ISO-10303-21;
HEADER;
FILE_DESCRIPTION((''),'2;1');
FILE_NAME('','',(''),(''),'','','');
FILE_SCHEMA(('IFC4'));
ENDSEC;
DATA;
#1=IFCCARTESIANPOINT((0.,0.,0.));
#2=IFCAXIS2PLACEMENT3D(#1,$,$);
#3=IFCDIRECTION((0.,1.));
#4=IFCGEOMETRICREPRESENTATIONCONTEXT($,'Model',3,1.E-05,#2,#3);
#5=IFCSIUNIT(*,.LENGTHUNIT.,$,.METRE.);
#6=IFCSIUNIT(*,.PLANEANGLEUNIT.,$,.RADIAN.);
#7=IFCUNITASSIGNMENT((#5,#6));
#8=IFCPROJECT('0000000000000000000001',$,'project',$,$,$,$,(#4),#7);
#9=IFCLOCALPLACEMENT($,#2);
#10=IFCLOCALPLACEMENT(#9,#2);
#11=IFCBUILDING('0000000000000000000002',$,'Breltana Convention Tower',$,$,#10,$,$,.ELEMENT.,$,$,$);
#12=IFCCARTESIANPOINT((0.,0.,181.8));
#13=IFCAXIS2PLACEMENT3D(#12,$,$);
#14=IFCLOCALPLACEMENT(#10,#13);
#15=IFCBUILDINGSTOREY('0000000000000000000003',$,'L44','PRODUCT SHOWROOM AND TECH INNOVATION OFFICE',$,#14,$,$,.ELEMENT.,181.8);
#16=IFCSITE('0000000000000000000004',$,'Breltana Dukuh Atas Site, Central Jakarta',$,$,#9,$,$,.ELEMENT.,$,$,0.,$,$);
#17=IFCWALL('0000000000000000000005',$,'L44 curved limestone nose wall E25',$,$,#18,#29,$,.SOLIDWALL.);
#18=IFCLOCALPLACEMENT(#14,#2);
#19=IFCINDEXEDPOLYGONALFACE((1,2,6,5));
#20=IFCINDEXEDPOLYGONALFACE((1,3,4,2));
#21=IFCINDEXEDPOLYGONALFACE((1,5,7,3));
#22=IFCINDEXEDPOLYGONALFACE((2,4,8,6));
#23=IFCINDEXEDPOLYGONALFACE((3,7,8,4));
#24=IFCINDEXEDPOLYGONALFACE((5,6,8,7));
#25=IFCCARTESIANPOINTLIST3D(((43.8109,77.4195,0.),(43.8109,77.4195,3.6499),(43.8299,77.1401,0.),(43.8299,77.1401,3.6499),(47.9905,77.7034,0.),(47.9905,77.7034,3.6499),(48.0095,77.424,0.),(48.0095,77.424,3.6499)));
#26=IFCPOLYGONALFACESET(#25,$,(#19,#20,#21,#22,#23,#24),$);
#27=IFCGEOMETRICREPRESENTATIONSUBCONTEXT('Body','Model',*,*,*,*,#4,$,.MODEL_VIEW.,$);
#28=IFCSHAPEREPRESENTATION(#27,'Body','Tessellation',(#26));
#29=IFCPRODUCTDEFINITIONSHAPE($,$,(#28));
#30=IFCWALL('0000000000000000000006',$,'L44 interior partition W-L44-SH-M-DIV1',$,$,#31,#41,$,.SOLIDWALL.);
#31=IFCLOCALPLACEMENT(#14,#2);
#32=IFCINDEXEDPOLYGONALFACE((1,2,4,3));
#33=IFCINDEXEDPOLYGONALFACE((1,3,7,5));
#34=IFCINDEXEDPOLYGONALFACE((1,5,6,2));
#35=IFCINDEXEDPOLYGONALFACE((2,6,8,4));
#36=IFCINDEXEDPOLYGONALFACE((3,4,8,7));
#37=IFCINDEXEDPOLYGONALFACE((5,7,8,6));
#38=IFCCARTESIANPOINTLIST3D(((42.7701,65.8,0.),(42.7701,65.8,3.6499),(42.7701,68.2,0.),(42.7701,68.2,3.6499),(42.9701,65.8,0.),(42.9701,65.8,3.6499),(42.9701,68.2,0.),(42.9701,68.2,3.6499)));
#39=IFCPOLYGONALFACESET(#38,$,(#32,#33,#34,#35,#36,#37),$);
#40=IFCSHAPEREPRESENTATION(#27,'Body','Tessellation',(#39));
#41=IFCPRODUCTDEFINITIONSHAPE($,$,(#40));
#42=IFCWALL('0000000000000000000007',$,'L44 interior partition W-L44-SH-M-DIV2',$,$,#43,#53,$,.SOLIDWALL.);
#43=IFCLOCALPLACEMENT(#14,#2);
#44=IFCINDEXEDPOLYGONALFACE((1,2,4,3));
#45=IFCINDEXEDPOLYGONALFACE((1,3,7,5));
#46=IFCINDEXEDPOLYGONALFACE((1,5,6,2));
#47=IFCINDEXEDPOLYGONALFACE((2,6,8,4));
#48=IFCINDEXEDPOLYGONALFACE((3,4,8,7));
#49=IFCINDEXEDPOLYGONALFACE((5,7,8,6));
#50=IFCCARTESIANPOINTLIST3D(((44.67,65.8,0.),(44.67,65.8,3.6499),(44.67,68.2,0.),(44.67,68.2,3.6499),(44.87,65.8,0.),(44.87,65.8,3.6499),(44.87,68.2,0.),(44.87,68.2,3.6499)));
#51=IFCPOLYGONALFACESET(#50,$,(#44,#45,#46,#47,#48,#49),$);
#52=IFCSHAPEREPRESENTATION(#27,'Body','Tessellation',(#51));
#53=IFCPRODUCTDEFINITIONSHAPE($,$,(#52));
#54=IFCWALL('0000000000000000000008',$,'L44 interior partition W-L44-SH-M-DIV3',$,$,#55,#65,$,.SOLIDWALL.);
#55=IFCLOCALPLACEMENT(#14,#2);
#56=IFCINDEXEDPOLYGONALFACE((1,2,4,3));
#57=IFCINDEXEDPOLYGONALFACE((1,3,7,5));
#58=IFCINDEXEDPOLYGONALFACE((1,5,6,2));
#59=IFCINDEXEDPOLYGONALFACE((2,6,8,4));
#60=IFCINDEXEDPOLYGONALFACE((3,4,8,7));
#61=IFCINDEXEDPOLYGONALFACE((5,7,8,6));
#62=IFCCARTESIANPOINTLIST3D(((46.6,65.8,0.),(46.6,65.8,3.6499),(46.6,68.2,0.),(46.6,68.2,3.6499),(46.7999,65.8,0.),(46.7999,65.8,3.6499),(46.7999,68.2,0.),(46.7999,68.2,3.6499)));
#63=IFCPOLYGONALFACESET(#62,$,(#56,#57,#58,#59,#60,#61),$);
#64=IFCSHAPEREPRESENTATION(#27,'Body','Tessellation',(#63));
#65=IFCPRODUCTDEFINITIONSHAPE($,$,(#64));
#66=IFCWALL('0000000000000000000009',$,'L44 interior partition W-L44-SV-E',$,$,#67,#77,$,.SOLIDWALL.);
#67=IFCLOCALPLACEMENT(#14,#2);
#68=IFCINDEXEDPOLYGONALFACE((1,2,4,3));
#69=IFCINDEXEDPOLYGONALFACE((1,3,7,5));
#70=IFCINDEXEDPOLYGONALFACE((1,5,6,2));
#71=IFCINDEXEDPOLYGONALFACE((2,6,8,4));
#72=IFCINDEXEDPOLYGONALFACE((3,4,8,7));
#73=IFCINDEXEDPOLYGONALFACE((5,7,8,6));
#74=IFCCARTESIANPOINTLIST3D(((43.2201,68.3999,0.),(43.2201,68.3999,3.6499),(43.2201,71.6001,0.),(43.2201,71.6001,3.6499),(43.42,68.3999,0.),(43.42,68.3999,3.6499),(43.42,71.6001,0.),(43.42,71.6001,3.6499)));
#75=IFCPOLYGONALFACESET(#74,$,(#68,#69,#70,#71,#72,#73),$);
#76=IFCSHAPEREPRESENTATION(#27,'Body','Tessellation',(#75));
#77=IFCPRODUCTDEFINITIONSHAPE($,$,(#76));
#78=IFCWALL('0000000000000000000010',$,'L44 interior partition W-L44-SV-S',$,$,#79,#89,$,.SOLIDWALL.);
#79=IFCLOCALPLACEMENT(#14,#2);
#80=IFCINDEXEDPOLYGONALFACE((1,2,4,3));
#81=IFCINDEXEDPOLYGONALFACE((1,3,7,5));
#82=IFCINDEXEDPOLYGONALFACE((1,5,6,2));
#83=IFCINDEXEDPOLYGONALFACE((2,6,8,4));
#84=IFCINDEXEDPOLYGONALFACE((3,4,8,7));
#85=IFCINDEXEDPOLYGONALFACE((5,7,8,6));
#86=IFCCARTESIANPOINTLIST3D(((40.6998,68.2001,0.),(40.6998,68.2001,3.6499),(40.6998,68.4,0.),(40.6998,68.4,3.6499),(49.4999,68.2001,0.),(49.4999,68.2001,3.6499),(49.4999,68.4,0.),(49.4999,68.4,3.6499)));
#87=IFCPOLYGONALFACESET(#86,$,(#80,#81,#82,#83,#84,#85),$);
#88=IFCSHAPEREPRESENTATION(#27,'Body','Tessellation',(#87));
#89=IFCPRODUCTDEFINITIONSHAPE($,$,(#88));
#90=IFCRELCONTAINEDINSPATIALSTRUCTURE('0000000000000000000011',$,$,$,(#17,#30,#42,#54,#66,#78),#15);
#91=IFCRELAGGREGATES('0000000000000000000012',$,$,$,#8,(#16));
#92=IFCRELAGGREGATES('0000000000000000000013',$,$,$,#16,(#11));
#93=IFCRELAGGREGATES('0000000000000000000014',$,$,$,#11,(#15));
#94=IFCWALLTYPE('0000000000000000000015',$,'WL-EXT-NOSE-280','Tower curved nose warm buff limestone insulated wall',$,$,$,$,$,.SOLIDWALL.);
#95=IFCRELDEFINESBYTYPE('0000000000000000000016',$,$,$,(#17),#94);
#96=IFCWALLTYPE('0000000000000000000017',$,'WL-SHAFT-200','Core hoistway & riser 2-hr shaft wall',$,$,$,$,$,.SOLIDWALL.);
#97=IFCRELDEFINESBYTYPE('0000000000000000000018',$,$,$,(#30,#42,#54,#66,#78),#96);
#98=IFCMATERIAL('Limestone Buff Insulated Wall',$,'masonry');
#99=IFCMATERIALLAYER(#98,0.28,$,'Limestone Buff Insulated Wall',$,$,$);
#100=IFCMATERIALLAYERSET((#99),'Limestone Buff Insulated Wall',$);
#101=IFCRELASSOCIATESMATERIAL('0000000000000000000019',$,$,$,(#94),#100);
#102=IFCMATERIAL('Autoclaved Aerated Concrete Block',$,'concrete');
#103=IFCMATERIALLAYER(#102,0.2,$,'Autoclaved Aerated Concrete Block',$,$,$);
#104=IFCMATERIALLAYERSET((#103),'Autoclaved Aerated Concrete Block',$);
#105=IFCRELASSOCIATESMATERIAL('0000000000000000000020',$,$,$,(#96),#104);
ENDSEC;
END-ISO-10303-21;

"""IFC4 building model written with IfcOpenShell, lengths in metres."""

from ifc_helpers import new_model, si_unit, direction, frame, frame_2d, origin, place, context, subcontext, project, spatial, rectangle, extrude, source, transform, mapped, material, layer, layer_set, type_object, element, save


model = new_model("IFC4")

# Units and contexts
model_context = context("Model", 3, precision=1e-05, world=origin(), true_north=direction((0.0, 1.0)))
body_context = subcontext(model_context, "Body", "Model", "MODEL_VIEW")
ifc_project = project(units=[si_unit("LENGTHUNIT", "METRE"), si_unit("PLANEANGLEUNIT", "RADIAN")], contexts=[model_context])

# Site, building, storey
site_placement = place(None, origin())
site = spatial("IfcSite", under=ifc_project, at=site_placement, Name="Breltana Dukuh Atas Site, Central Jakarta", CompositionType="ELEMENT", RefElevation=0.0)
building_placement = place(site_placement, origin())
building = spatial("IfcBuilding", under=site, at=building_placement, Name="Breltana Convention Tower", CompositionType="ELEMENT")
storey_placement = place(building_placement, frame((0.0, 0.0, 181.8)))
storey = spatial("IfcBuildingStorey", under=building, at=storey_placement, Name="L44", Description="PRODUCT SHOWROOM AND TECH INNOVATION OFFICE", CompositionType="ELEMENT", Elevation=181.8)

# Walls
ifc_material_1 = material(Name="Limestone Buff Insulated Wall", Category="masonry")
ifc_layer_1 = layer(ifc_material_1, 0.28, Name="Limestone Buff Insulated Wall")
ifc_layer_set_1 = layer_set([ifc_layer_1], Name="Limestone Buff Insulated Wall")
wall_type_1 = type_object("IfcWallType", Name="WL-EXT-NOSE-280", Description="Tower curved nose warm buff limestone insulated wall", PredefinedType="SOLIDWALL", material=ifc_layer_set_1)
shared_shape_1 = source(origin(), body_context, "Body", "SweptSolid", [
    extrude(rectangle(XDim=4.1892, YDim=0.28, at=frame_2d((2.0947, 0.0))), origin(), (0.0, 0.0, 1.0), 3.6499),
])
wall_1_placement = place(storey_placement, frame((43.8203, 77.2798, 0.0), z_axis=(0.0, 0.0, 1.0), x_axis=(0.997701, 0.067776, 0.0)))
element("IfcWall", 1, at=wall_1_placement, inside=storey, type_object=wall_type_1, Name="L44 curved limestone nose wall E25", PredefinedType="SOLIDWALL", context=body_context, shape_type="MappedRepresentation", body=[
    mapped(shared_shape_1, transform((0.0, 0.0, 0.0), scale=1.0)),
])
ifc_material_2 = material(Name="Autoclaved Aerated Concrete Block", Category="concrete")
ifc_layer_2 = layer(ifc_material_2, 0.2, Name="Autoclaved Aerated Concrete Block")
ifc_layer_set_2 = layer_set([ifc_layer_2], Name="Autoclaved Aerated Concrete Block")
wall_type_2 = type_object("IfcWallType", Name="WL-SHAFT-200", Description="Core hoistway & riser 2-hr shaft wall", PredefinedType="SOLIDWALL", material=ifc_layer_set_2)
shared_shape_2 = source(origin(), body_context, "Body", "SweptSolid", [
    extrude(rectangle(XDim=2.3999, YDim=0.2, at=frame_2d((1.2, 0.0))), origin(), (0.0, 0.0, 1.0), 3.6499),
])
for number, where, z_axis, x_axis, name in (
    (2, (42.8701, 65.8, 0.0), (0.0, 0.0, 1.0), (0.0, 1.0, 0.0), "L44 interior partition W-L44-SH-M-DIV1"),
    (3, (44.77, 65.8, 0.0), (0.0, 0.0, 1.0), (0.0, 1.0, 0.0), "L44 interior partition W-L44-SH-M-DIV2"),
    (4, (46.7, 65.8, 0.0), (0.0, 0.0, 1.0), (0.0, 1.0, 0.0), "L44 interior partition W-L44-SH-M-DIV3"),
):
    element("IfcWall", number, at=place(storey_placement, frame(where, z_axis=z_axis, x_axis=x_axis)), inside=storey, type_object=wall_type_2, Name=name, PredefinedType="SOLIDWALL", context=body_context, shape_type="MappedRepresentation", body=[
        mapped(shared_shape_2, transform((0.0, 0.0, 0.0), scale=1.0)),
    ])
shared_shape_3 = source(origin(), body_context, "Body", "SweptSolid", [
    extrude(rectangle(XDim=3.2002, YDim=0.2, at=frame_2d((1.6001, 0.0))), origin(), (0.0, 0.0, 1.0), 3.6499),
])
wall_2_placement = place(storey_placement, frame((43.3201, 68.3999, 0.0), z_axis=(0.0, 0.0, 1.0), x_axis=(0.0, 1.0, 0.0)))
element("IfcWall", 5, at=wall_2_placement, inside=storey, type_object=wall_type_2, Name="L44 interior partition W-L44-SV-E", PredefinedType="SOLIDWALL", context=body_context, shape_type="MappedRepresentation", body=[
    mapped(shared_shape_3, transform((0.0, 0.0, 0.0), scale=1.0)),
])
shared_shape_4 = source(origin(), body_context, "Body", "SweptSolid", [
    extrude(rectangle(XDim=8.8, YDim=0.2, at=frame_2d((4.3999, 0.0))), origin(), (0.0, 0.0, 1.0), 3.6499),
])
wall_3_placement = place(storey_placement, frame((40.7, 68.3, 0.0), z_axis=(0.0, 0.0, 1.0), x_axis=(1.0, 0.0, 0.0)))
element("IfcWall", 6, at=wall_3_placement, inside=storey, type_object=wall_type_2, Name="L44 interior partition W-L44-SV-S", PredefinedType="SOLIDWALL", context=body_context, shape_type="MappedRepresentation", body=[
    mapped(shared_shape_4, transform((0.0, 0.0, 0.0), scale=1.0)),
])

save(model, "model.ifc")
